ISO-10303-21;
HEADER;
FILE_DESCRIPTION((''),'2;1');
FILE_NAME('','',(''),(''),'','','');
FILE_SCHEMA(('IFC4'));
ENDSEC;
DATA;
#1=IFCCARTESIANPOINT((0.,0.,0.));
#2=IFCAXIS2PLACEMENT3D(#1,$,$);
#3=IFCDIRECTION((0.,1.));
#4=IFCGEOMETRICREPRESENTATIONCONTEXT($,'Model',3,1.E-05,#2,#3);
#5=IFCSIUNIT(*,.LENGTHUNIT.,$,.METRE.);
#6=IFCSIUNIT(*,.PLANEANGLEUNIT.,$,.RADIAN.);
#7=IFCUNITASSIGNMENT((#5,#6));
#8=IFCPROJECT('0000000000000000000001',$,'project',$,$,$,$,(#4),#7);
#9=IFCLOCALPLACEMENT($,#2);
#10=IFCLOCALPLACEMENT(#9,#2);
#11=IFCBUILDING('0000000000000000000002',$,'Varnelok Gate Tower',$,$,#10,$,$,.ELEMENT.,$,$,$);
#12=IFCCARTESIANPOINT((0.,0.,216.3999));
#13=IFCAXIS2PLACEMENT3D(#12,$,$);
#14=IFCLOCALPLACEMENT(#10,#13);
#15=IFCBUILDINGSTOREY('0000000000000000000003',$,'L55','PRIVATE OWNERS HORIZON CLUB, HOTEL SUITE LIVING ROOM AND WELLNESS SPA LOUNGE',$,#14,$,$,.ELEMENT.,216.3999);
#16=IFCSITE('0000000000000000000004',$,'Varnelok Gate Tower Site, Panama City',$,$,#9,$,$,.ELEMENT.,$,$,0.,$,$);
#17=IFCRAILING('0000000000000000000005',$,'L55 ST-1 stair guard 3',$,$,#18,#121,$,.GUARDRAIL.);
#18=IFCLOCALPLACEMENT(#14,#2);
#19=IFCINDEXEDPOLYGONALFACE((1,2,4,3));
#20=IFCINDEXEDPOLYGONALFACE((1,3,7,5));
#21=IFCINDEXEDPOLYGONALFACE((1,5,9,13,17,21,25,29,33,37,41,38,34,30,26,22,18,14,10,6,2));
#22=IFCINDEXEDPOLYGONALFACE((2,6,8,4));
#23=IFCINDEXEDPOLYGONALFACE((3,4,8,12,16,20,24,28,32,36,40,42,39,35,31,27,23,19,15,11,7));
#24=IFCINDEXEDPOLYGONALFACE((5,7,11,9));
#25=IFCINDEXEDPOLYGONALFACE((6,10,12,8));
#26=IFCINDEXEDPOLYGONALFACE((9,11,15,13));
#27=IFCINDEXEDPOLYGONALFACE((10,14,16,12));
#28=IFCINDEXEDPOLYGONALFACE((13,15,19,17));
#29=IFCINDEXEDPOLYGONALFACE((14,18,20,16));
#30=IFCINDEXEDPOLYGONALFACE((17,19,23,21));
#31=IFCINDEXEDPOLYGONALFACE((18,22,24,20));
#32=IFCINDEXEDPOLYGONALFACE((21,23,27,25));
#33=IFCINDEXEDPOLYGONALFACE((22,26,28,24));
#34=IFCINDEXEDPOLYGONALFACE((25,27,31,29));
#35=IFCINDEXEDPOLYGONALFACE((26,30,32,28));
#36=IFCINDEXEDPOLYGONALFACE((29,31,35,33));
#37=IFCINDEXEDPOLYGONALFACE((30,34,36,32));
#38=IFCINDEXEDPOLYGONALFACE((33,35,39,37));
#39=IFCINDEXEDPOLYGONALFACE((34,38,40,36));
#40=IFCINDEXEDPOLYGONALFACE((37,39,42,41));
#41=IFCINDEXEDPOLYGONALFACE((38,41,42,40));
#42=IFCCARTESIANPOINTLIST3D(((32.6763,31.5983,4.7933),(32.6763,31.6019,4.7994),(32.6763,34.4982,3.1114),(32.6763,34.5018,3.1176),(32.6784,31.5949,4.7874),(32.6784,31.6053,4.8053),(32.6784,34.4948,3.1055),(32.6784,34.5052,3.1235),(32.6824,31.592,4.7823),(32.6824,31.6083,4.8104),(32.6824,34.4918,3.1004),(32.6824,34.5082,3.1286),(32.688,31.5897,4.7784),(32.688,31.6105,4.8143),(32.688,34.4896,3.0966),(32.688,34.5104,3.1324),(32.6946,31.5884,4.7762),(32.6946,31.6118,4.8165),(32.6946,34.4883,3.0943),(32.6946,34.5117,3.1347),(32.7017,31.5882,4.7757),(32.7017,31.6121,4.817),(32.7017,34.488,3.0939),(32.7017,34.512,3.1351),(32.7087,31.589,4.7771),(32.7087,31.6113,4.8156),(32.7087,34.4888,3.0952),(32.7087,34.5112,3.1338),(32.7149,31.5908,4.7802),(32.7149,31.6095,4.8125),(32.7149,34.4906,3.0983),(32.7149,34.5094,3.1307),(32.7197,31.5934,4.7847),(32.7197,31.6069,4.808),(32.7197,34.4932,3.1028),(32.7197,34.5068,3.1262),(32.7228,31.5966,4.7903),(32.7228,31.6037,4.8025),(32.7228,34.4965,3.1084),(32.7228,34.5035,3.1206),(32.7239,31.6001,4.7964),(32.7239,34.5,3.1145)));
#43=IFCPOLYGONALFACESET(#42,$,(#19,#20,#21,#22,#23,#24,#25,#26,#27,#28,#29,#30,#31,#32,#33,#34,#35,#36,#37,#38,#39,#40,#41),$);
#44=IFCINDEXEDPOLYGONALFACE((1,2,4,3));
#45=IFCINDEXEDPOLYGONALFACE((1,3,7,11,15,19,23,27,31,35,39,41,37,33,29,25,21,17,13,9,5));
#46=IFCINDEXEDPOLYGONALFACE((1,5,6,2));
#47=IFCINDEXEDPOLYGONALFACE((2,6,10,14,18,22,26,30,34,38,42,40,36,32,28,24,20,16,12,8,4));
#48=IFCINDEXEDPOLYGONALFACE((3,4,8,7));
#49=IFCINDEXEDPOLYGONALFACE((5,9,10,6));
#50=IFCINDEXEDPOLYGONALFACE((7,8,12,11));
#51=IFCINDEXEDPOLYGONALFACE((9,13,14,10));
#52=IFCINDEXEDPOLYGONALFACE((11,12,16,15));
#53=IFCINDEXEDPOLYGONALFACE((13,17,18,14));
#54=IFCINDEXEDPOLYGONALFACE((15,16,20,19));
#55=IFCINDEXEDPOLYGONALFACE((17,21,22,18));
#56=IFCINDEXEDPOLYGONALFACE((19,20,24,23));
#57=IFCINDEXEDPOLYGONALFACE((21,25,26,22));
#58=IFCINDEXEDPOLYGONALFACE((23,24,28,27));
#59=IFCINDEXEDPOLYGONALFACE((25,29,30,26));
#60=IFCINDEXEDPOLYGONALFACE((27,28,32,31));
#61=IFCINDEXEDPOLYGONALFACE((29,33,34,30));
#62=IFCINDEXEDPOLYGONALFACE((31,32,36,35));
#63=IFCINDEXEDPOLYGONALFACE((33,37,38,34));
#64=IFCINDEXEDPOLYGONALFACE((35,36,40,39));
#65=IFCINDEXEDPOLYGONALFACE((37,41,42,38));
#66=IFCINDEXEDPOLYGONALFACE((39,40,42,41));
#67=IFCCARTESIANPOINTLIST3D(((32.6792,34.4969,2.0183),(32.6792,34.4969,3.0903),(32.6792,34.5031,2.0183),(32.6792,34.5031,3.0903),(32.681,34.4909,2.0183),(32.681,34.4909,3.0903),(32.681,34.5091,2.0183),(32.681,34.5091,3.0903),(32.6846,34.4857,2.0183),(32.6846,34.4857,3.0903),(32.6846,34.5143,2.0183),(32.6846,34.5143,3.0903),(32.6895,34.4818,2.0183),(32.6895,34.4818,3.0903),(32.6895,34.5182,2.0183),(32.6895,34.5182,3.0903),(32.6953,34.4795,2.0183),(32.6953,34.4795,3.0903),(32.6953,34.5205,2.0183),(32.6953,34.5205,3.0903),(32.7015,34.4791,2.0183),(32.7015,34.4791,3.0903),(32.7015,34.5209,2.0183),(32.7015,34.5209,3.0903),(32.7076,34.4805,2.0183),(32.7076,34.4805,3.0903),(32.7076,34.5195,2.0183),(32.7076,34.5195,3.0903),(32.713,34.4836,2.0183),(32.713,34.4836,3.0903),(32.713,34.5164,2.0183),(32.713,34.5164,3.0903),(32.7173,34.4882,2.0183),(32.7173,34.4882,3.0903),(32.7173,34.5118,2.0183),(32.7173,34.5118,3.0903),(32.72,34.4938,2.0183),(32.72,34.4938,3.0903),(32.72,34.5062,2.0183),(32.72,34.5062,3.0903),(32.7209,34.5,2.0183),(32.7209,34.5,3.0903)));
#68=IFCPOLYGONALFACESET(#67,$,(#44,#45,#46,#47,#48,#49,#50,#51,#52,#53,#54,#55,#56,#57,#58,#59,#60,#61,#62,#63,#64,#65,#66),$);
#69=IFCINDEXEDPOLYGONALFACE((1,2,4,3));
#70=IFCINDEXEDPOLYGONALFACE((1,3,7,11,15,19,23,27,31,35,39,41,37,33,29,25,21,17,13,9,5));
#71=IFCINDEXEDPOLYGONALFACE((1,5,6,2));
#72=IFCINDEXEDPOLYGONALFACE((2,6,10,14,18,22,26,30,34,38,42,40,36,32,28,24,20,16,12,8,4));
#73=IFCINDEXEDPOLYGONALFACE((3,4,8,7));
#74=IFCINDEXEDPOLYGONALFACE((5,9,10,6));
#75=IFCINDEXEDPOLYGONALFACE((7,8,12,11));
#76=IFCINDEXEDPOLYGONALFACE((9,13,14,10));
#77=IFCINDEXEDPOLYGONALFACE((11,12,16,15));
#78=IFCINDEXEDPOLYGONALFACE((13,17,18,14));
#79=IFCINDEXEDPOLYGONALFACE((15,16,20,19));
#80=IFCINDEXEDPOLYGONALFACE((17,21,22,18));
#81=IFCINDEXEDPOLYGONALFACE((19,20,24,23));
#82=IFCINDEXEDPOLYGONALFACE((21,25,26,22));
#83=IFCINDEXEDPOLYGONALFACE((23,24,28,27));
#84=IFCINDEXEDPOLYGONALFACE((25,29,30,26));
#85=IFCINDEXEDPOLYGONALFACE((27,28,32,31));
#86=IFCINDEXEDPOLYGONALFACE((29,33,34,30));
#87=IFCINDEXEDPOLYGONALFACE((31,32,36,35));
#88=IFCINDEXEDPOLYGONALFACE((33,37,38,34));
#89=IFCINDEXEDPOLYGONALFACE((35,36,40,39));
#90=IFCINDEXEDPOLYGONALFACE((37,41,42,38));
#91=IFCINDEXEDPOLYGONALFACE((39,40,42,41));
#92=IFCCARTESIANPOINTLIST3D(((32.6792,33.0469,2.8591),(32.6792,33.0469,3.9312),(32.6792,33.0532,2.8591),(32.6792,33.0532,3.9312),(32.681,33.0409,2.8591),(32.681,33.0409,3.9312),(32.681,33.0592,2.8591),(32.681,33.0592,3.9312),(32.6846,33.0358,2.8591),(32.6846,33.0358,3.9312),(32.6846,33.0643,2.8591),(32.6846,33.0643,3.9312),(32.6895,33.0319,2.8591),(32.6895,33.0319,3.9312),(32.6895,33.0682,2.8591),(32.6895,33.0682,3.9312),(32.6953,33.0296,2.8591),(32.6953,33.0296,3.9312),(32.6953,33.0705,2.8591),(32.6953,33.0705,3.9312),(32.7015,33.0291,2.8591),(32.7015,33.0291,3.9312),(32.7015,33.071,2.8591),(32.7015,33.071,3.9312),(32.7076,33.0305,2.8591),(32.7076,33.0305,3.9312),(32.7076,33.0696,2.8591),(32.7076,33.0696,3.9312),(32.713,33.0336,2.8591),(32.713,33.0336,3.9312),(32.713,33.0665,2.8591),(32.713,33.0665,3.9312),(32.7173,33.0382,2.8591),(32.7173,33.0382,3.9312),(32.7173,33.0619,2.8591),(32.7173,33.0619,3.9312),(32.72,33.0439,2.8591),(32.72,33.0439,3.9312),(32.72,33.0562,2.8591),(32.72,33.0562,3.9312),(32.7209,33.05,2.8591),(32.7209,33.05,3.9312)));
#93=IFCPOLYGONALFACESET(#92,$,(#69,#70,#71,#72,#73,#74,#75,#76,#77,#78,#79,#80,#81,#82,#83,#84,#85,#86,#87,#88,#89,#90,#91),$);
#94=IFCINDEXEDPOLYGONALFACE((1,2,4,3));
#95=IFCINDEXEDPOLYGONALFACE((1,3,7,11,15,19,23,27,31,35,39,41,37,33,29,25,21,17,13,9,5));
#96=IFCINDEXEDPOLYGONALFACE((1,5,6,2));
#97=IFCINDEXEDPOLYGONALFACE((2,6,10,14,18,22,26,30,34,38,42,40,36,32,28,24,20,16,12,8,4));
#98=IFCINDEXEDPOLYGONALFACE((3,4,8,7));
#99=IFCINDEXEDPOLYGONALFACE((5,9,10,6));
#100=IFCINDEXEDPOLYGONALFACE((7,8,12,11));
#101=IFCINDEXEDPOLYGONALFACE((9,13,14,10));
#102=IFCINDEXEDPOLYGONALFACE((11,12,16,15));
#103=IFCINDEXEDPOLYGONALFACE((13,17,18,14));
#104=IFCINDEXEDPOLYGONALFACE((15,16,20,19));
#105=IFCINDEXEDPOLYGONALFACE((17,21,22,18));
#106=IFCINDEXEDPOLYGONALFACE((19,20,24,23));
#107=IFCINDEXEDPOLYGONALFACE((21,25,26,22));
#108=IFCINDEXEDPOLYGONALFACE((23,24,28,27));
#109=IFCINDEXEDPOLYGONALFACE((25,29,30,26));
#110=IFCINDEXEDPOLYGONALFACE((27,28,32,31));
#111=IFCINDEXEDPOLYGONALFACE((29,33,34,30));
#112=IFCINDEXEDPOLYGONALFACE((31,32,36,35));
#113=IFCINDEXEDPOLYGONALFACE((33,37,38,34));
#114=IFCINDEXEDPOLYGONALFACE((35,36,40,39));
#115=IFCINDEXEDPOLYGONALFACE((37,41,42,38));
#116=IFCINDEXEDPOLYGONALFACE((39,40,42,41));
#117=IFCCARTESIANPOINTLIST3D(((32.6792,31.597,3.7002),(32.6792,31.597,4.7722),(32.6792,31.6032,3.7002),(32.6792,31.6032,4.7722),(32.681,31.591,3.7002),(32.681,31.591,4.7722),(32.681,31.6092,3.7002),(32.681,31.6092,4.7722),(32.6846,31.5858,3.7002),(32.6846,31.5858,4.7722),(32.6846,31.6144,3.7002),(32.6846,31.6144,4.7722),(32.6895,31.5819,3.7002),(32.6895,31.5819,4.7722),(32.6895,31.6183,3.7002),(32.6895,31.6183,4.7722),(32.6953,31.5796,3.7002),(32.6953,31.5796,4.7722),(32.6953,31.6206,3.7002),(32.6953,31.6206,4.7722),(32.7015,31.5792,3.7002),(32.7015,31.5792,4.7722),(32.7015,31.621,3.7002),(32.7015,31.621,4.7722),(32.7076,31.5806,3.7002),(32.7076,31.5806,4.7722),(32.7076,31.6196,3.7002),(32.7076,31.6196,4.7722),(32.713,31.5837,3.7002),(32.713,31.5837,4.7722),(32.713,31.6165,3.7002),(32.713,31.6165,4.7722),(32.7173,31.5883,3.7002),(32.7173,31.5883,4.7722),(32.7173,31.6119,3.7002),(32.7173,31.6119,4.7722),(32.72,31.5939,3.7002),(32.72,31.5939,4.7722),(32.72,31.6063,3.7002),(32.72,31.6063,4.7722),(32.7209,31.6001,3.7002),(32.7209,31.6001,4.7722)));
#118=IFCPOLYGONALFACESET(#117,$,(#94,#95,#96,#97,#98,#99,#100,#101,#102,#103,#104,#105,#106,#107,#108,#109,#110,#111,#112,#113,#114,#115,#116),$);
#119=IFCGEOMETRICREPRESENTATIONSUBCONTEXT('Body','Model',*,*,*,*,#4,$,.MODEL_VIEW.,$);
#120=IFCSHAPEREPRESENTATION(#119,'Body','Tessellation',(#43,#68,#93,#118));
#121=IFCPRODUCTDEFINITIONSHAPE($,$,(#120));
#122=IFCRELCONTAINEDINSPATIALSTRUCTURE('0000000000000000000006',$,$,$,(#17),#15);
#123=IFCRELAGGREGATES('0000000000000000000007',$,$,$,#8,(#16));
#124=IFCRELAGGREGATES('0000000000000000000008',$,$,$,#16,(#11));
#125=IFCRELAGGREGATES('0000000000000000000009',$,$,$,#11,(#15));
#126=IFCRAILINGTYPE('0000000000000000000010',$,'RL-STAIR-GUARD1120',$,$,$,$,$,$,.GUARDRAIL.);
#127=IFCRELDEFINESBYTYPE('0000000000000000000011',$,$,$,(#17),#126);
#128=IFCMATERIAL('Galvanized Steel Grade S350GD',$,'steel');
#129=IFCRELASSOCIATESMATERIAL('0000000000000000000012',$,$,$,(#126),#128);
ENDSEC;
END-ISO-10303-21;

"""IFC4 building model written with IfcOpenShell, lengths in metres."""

from ifc_helpers import new_model, si_unit, direction, frame, origin, origin_2d, place, context, subcontext, project, spatial, circle, extrude, material, type_object, element, save


model = new_model("IFC4")

# Units and contexts
model_context = context("Model", 3, precision=1e-05, world=origin(), true_north=direction((0.0, 1.0)))
body_context = subcontext(model_context, "Body", "Model", "MODEL_VIEW")
ifc_project = project(units=[si_unit("LENGTHUNIT", "METRE"), si_unit("PLANEANGLEUNIT", "RADIAN")], contexts=[model_context])

# Site, building, storey
site_placement = place(None, origin())
site = spatial("IfcSite", under=ifc_project, at=site_placement, Name="Varnelok Gate Tower Site, Panama City", CompositionType="ELEMENT", RefElevation=0.0)
building_placement = place(site_placement, origin())
building = spatial("IfcBuilding", under=site, at=building_placement, Name="Varnelok Gate Tower", CompositionType="ELEMENT")
storey_placement = place(building_placement, frame((0.0, 0.0, 216.3999)))
storey = spatial("IfcBuildingStorey", under=building, at=storey_placement, Name="L55", Description="PRIVATE OWNERS HORIZON CLUB, HOTEL SUITE LIVING ROOM AND WELLNESS SPA LOUNGE", CompositionType="ELEMENT", Elevation=216.3999)

# Railing
ifc_material_1 = material(Name="Galvanized Steel Grade S350GD", Category="steel")
railing_type_1 = type_object("IfcRailingType", Name="RL-STAIR-GUARD1120", PredefinedType="GUARDRAIL", material=ifc_material_1)
railing_1_placement = place(storey_placement, frame((32.7, 34.5, 2.0183)))
element("IfcRailing", 1, at=railing_1_placement, inside=storey, type_object=railing_type_1, Name="L55 ST-1 stair guard 3", PredefinedType="GUARDRAIL", context=body_context, shape_type="SweptSolid", body=[
    extrude(circle(Radius=0.0239, at=origin_2d()), frame((0.0, 0.0, 1.0962), z_axis=(0.0, -0.865039, 0.501705), x_axis=(1.0, 0.0, 0.0)), (0.0, 0.0, 1.0), 3.3523),
    extrude(circle(Radius=0.021, at=origin_2d()), origin(), (0.0, 0.0, 1.0), 1.072),
    extrude(circle(Radius=0.021, at=origin_2d()), frame((0.0, -1.45, 0.8408)), (0.0, 0.0, 1.0), 1.072),
    extrude(circle(Radius=0.021, at=origin_2d()), frame((0.0, -2.8999, 1.6819)), (0.0, 0.0, 1.0), 1.072),
])

save(model, "model.ifc")
